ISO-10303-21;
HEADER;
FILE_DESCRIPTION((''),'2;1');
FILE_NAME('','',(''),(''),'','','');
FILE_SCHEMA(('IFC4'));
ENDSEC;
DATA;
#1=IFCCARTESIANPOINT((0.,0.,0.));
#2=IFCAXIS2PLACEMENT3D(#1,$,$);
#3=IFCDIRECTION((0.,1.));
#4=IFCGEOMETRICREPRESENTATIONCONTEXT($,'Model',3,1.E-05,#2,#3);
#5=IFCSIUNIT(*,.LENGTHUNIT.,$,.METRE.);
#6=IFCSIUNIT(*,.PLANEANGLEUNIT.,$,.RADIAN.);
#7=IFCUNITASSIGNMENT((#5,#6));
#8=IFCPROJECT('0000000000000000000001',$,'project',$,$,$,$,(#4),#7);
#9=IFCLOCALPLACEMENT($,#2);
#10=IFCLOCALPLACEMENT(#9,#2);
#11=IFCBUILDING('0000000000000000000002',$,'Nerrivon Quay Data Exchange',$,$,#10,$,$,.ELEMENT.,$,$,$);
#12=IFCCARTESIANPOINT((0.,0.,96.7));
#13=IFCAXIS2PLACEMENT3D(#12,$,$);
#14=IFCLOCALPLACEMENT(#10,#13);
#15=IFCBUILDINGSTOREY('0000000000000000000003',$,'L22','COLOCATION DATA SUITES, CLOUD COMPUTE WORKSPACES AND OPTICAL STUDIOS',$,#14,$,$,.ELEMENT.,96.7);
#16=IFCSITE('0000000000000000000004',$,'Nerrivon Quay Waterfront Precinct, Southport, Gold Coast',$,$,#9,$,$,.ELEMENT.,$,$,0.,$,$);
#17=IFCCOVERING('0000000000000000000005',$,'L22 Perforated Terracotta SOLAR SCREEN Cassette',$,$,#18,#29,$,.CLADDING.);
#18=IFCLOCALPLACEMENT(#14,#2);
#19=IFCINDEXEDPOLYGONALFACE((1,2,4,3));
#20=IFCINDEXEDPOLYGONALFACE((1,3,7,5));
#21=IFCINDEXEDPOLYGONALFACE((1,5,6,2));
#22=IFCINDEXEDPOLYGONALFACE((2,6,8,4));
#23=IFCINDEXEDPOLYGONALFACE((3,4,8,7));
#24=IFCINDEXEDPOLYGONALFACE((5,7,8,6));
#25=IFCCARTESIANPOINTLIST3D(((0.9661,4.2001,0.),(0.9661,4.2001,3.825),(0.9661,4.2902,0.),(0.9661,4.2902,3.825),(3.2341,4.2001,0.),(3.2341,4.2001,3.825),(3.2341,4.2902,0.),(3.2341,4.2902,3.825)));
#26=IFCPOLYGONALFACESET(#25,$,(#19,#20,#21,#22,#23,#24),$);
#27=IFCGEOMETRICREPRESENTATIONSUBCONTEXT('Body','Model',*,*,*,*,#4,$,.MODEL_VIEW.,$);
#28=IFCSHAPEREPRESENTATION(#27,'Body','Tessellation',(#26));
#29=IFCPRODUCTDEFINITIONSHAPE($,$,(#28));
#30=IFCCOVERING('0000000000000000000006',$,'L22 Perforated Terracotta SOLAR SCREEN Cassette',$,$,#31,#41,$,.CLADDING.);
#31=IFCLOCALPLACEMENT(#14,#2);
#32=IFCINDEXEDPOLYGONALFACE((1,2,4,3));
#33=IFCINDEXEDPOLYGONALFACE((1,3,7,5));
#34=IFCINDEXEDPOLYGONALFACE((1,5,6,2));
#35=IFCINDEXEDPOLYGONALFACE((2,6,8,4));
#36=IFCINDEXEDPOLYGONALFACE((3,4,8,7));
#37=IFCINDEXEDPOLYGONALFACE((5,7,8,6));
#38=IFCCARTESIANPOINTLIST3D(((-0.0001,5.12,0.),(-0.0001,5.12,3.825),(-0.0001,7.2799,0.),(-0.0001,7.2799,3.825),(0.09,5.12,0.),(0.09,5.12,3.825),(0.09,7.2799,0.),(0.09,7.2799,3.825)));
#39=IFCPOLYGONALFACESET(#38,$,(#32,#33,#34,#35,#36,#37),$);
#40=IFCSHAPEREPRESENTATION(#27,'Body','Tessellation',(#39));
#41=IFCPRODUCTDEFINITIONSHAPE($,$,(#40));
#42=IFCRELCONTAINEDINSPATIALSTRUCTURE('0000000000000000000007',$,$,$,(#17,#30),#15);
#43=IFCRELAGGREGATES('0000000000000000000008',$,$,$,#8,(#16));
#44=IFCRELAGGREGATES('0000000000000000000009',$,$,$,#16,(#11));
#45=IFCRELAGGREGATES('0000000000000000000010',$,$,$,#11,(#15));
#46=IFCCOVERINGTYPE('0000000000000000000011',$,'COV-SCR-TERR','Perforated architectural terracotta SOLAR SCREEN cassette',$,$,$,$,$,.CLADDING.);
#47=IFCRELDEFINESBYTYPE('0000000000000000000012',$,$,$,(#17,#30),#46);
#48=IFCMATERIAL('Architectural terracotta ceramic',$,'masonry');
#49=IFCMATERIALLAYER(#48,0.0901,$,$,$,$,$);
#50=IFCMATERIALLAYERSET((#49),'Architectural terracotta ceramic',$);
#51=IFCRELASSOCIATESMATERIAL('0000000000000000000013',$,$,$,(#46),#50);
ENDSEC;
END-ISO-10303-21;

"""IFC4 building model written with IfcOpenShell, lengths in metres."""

from ifc_helpers import new_model, si_unit, direction, frame, origin, origin_2d, place, context, subcontext, project, spatial, rectangle, extrude, material, layer, layer_set, type_object, element, save


model = new_model("IFC4")

# Units and contexts
model_context = context("Model", 3, precision=1e-05, world=origin(), true_north=direction((0.0, 1.0)))
body_context = subcontext(model_context, "Body", "Model", "MODEL_VIEW")
ifc_project = project(units=[si_unit("LENGTHUNIT", "METRE"), si_unit("PLANEANGLEUNIT", "RADIAN")], contexts=[model_context])

# Site, building, storey
site_placement = place(None, origin())
site = spatial("IfcSite", under=ifc_project, at=site_placement, Name="Nerrivon Quay Waterfront Precinct, Southport, Gold Coast", CompositionType="ELEMENT", RefElevation=0.0)
building_placement = place(site_placement, origin())
building = spatial("IfcBuilding", under=site, at=building_placement, Name="Nerrivon Quay Data Exchange", CompositionType="ELEMENT")
storey_placement = place(building_placement, frame((0.0, 0.0, 96.7)))
storey = spatial("IfcBuildingStorey", under=building, at=storey_placement, Name="L22", Description="COLOCATION DATA SUITES, CLOUD COMPUTE WORKSPACES AND OPTICAL STUDIOS", CompositionType="ELEMENT", Elevation=96.7)

# Coverings
ifc_material_1 = material(Name="Architectural terracotta ceramic", Category="masonry")
ifc_layer_1 = layer(ifc_material_1, 0.0901)
ifc_layer_set_1 = layer_set([ifc_layer_1], Name="Architectural terracotta ceramic")
covering_type = type_object("IfcCoveringType", Name="COV-SCR-TERR", Description="Perforated architectural terracotta SOLAR SCREEN cassette", PredefinedType="CLADDING", material=ifc_layer_set_1)
for number, where, z_axis, x_axis, name in (
    (1, (2.1001, 4.2451, 0.0), (0.0, 0.0, 1.0), (-1.0, 0.0, 0.0), "L22 Perforated Terracotta SOLAR SCREEN Cassette"),
):
    element("IfcCovering", number, at=place(storey_placement, frame(where, z_axis=z_axis, x_axis=x_axis)), inside=storey, type_object=covering_type, Name=name, PredefinedType="CLADDING", context=body_context, shape_type="SweptSolid", body=[
        extrude(rectangle(XDim=2.2681, YDim=0.0901, at=origin_2d()), origin(), (0.0, 0.0, 1.0), 3.825),
    ])
covering_placement = place(storey_placement, frame((0.0449, 6.2, 0.0), z_axis=(0.0, 0.0, 1.0), x_axis=(0.0, 1.0, 0.0)))
element("IfcCovering", 2, at=covering_placement, inside=storey, type_object=covering_type, Name="L22 Perforated Terracotta SOLAR SCREEN Cassette", PredefinedType="CLADDING", context=body_context, shape_type="SweptSolid", body=[
    extrude(rectangle(XDim=2.1599, YDim=0.0901, at=origin_2d()), origin(), (0.0, 0.0, 1.0), 3.825),
])

save(model, "model.ifc")
